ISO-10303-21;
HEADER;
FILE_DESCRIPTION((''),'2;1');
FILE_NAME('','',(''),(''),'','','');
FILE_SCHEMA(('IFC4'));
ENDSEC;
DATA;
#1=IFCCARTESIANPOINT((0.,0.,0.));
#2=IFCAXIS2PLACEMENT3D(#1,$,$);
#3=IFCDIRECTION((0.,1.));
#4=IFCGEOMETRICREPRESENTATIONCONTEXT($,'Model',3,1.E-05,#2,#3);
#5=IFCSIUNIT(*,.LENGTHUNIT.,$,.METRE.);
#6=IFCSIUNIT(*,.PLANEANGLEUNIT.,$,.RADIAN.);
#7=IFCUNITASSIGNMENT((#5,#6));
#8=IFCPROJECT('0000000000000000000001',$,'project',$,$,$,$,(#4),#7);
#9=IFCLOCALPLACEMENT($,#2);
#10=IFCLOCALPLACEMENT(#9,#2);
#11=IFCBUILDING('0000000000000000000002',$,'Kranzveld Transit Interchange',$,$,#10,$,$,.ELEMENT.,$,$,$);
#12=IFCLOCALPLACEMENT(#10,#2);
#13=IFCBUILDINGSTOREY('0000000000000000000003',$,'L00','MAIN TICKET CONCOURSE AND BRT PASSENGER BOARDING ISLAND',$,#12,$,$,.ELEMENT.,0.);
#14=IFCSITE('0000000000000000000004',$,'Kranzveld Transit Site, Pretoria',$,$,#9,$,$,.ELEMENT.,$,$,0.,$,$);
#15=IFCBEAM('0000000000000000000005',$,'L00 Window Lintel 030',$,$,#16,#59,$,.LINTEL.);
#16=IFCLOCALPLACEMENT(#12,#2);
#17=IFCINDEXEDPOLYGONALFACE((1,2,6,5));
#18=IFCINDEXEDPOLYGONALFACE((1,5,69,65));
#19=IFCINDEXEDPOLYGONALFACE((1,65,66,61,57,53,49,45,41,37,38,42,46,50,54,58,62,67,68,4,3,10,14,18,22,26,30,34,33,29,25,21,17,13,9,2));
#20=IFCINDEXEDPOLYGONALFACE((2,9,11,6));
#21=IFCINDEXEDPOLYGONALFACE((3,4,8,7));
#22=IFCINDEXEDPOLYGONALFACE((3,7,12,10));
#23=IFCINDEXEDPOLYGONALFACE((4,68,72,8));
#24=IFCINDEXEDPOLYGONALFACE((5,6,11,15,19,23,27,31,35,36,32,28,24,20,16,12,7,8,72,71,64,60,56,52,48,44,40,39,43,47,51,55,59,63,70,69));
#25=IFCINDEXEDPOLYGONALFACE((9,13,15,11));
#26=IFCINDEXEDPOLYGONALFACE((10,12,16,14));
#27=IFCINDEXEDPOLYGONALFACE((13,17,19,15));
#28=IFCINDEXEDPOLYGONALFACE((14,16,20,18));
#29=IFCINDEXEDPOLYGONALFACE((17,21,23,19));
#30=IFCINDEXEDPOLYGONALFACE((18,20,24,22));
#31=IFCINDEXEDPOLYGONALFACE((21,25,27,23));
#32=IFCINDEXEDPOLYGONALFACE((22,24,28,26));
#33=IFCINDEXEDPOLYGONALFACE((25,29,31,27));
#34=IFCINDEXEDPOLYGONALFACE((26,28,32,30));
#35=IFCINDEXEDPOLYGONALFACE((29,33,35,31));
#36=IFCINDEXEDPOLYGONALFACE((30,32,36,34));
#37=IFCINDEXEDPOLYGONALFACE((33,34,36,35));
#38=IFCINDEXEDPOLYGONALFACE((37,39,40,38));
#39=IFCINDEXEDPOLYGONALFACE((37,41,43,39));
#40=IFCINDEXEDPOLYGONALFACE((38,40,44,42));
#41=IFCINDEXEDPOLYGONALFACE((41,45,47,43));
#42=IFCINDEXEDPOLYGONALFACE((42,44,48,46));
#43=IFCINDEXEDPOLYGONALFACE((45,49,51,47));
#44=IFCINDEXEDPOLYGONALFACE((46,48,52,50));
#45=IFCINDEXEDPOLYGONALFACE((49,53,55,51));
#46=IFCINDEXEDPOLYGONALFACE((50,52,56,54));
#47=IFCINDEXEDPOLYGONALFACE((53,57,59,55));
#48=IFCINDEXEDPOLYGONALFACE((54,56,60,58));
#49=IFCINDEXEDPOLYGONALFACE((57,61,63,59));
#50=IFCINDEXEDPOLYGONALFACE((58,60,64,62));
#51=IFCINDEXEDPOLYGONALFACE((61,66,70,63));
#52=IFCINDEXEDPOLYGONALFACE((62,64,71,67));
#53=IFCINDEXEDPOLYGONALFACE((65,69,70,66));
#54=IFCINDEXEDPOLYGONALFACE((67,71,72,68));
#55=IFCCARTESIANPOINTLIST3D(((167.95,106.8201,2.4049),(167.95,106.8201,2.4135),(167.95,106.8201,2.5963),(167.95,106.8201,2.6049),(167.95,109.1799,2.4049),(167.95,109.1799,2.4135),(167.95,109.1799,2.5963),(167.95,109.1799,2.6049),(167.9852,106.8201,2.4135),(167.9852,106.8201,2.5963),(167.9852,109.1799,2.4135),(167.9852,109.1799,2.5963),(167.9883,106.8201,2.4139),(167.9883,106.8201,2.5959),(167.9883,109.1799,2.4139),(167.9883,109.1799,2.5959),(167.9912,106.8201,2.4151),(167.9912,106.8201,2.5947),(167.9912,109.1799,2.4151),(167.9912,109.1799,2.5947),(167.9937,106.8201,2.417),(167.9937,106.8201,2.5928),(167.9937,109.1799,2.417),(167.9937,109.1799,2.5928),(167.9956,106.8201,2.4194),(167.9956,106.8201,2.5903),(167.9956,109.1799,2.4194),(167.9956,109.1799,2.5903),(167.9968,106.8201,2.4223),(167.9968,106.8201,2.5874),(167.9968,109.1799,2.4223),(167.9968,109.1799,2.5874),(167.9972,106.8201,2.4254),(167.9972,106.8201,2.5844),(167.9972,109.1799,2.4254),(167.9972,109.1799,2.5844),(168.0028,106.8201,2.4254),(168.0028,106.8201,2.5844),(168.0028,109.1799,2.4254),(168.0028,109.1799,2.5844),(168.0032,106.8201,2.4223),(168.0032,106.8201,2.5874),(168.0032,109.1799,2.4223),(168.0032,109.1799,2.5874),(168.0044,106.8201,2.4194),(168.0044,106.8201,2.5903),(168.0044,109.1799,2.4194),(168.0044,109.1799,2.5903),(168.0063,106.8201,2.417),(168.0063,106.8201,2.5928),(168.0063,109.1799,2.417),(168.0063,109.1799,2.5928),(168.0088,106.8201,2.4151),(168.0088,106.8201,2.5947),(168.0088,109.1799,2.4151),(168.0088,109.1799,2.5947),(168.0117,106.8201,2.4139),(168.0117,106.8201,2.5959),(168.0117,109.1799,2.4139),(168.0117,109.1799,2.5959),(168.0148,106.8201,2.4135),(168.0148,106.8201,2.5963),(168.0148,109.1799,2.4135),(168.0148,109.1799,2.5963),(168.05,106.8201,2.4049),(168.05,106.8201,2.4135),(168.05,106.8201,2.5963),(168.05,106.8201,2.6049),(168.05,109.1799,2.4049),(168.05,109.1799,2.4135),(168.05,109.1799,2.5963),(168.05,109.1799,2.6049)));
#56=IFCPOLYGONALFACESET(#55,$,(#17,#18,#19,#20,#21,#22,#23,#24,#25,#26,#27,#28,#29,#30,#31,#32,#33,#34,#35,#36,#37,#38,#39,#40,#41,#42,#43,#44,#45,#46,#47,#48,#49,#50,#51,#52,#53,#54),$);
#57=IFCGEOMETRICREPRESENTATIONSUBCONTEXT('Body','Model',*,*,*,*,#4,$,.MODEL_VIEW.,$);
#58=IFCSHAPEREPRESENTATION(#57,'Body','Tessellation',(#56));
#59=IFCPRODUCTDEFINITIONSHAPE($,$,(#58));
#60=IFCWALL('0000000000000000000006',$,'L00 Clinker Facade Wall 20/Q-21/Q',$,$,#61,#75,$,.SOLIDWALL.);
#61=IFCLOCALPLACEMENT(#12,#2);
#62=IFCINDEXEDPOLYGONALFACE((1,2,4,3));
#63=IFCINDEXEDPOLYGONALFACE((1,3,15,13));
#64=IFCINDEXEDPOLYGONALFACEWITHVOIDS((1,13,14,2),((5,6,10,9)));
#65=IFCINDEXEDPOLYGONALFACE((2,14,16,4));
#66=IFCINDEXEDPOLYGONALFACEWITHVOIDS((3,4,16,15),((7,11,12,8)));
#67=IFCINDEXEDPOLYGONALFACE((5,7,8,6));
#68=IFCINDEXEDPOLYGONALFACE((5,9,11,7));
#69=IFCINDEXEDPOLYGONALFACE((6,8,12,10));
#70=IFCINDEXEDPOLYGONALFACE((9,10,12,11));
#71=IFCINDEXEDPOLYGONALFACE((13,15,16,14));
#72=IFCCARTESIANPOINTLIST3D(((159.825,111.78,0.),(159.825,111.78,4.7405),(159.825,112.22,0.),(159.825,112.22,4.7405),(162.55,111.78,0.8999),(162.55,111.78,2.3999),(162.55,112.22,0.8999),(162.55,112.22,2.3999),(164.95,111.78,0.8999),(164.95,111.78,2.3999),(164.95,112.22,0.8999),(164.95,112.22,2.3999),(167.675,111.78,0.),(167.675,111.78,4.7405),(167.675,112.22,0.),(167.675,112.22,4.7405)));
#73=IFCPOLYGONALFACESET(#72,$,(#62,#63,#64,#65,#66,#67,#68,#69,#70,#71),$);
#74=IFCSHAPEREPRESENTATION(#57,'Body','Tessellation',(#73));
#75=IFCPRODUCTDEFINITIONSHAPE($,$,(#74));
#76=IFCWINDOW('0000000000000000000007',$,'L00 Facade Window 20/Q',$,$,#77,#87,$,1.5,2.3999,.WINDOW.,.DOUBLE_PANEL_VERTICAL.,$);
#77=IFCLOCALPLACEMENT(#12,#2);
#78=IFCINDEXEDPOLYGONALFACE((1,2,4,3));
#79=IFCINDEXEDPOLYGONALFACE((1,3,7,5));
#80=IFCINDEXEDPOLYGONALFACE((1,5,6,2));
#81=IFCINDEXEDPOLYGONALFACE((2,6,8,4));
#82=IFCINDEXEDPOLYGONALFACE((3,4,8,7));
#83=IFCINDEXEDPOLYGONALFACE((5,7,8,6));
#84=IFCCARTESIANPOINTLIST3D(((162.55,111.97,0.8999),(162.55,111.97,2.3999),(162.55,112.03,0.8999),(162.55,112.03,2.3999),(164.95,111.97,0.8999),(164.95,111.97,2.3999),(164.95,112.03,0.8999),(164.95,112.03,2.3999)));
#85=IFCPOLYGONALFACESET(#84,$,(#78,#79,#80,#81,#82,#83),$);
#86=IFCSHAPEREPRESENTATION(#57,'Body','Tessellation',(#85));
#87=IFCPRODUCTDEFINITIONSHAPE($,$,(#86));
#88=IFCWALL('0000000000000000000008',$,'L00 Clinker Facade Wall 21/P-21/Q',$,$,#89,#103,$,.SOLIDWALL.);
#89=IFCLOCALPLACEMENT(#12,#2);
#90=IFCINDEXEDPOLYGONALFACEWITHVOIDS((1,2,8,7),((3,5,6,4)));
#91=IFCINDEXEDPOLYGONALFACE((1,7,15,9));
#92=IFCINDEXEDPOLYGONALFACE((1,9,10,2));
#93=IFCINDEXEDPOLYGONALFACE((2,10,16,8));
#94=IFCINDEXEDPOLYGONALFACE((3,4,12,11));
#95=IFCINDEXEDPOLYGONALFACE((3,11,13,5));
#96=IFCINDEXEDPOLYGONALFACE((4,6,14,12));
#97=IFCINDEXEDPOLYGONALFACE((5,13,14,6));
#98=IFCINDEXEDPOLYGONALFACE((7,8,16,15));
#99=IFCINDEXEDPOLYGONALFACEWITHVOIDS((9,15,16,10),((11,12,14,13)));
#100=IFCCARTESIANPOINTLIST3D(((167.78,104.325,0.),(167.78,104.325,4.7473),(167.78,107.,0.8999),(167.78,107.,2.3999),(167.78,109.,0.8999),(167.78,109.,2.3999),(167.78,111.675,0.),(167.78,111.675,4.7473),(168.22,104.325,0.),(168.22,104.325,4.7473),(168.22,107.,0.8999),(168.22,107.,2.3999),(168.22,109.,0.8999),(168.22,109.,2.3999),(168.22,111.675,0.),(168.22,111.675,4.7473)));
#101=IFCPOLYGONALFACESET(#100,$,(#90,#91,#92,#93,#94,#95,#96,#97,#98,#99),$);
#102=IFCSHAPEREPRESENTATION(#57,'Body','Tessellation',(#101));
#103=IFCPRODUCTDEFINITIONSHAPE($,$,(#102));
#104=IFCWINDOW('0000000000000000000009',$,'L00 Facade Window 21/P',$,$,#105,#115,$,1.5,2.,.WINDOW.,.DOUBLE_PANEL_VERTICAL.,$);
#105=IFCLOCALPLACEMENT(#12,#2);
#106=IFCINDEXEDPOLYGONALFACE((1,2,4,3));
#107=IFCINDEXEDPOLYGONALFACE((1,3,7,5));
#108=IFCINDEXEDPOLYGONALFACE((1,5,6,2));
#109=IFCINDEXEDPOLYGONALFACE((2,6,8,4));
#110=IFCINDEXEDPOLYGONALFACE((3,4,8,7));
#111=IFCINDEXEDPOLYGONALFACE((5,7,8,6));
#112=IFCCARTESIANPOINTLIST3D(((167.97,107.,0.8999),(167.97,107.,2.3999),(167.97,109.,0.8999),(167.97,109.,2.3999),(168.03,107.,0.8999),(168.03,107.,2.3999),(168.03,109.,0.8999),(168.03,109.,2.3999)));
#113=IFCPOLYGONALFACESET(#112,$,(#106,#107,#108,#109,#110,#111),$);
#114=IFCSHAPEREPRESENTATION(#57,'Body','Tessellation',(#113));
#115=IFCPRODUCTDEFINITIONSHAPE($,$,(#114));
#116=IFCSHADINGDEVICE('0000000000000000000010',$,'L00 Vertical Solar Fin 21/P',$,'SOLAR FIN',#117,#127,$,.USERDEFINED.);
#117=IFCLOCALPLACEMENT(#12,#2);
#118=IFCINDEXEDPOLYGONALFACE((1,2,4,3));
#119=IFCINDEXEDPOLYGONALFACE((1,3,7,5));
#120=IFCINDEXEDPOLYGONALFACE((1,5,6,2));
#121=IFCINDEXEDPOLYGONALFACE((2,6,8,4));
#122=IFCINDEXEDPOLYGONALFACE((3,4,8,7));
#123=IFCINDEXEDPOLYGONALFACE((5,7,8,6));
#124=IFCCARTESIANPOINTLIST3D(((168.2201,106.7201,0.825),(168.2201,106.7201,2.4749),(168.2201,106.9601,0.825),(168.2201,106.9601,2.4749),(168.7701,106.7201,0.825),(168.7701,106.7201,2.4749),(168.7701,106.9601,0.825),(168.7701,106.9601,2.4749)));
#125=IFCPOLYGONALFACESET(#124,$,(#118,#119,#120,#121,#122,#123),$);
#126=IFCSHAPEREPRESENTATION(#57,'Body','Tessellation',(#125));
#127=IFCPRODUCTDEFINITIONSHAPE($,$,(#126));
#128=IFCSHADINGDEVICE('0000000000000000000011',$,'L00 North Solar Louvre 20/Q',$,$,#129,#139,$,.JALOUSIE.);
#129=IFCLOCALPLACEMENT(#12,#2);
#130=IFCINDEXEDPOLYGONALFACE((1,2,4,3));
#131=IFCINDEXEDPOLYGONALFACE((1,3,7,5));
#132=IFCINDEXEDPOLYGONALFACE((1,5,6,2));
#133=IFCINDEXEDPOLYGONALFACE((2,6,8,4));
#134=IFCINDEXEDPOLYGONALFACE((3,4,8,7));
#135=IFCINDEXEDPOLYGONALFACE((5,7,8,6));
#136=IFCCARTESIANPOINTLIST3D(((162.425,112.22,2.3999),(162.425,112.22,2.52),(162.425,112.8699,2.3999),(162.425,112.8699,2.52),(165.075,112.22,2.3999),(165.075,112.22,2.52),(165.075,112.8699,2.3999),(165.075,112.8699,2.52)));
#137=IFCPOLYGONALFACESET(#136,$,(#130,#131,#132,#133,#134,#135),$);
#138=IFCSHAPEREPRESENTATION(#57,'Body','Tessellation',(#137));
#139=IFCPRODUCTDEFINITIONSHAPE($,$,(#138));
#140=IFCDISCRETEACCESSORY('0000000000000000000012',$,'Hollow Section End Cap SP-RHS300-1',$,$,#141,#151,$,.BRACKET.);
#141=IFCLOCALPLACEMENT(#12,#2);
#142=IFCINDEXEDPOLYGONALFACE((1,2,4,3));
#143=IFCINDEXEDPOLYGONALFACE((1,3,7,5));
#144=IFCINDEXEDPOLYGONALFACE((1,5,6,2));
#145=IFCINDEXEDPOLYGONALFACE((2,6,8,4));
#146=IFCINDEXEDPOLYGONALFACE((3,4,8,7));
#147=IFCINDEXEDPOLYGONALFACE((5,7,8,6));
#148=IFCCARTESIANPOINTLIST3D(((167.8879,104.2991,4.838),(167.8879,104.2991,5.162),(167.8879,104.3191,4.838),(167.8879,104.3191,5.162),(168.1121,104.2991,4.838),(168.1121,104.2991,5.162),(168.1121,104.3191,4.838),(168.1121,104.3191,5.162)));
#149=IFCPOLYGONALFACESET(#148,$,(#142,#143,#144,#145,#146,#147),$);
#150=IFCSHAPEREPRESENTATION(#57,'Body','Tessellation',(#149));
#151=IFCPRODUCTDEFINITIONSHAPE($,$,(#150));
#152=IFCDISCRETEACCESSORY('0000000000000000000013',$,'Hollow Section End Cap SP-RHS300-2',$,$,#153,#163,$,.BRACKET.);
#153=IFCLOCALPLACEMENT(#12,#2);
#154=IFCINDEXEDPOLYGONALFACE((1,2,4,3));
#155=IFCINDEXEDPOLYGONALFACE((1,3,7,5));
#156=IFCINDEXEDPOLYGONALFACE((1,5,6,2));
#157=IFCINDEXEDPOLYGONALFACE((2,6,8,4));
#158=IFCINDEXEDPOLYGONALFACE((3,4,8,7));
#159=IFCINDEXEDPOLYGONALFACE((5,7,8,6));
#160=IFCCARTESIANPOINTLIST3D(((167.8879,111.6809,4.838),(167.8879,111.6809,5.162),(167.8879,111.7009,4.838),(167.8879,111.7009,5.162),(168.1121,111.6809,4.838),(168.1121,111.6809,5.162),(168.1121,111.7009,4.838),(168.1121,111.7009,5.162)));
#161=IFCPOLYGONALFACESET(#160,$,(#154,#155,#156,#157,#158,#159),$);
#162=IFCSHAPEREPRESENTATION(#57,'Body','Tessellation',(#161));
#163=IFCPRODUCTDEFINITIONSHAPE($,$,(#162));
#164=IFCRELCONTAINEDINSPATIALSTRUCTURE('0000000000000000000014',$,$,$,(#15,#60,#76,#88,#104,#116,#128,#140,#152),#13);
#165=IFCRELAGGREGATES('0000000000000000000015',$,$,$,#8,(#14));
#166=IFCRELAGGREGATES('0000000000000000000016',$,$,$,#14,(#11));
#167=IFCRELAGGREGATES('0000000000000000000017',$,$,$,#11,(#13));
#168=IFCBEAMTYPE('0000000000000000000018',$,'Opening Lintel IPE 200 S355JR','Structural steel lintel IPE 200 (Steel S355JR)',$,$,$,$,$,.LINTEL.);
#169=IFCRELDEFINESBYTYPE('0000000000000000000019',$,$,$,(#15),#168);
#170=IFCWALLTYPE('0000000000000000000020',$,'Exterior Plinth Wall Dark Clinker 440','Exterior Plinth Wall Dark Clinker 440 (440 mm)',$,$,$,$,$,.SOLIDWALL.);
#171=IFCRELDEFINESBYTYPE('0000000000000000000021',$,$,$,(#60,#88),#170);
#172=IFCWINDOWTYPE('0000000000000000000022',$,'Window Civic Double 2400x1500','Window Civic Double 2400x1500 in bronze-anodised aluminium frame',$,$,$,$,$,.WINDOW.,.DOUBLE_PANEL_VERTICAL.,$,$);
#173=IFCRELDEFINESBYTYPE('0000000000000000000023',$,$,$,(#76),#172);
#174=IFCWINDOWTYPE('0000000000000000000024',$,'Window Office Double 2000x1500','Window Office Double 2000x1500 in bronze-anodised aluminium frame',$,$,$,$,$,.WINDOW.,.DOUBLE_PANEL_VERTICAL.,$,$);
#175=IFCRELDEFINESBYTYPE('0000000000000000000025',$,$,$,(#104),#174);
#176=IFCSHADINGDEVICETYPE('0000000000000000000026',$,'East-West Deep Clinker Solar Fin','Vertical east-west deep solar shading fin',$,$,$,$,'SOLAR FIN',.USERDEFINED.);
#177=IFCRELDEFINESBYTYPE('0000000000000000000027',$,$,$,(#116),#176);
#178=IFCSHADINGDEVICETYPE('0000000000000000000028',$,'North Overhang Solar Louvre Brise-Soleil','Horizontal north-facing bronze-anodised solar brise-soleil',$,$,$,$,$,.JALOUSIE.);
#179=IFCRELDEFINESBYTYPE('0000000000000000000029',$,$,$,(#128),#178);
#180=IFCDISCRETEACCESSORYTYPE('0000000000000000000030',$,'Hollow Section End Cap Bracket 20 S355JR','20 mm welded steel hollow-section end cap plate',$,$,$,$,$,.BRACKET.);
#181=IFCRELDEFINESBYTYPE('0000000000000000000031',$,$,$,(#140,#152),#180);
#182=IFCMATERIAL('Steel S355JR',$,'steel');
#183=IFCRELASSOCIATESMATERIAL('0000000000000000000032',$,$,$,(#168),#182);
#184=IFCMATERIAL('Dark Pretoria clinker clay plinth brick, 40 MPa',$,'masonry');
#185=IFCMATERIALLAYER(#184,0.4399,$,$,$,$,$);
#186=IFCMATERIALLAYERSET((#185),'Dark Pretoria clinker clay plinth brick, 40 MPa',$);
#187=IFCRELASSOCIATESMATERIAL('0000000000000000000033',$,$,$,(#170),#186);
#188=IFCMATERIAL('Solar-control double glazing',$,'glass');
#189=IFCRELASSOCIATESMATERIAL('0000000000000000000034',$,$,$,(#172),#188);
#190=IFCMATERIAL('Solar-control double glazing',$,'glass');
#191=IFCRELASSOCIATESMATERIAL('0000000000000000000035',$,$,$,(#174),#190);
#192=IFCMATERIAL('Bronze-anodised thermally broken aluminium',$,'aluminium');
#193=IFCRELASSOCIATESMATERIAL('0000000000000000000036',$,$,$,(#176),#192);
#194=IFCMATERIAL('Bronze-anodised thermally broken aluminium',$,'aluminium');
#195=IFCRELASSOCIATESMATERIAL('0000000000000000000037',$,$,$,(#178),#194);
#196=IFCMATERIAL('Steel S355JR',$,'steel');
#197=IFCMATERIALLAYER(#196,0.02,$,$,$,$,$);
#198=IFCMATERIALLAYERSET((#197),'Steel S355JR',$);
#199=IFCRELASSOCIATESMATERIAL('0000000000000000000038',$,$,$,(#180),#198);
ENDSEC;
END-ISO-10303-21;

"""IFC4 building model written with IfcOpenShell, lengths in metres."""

from ifc_helpers import new_model, si_unit, direction, frame, frame_2d, origin, origin_2d, place, context, subcontext, project, spatial, rectangle, i_section, extrude, material, layer, layer_set, material_profile, profile_set, type_object, element, fill, save


model = new_model("IFC4")

# Units and contexts
model_context = context("Model", 3, precision=1e-05, world=origin(), true_north=direction((0.0, 1.0)))
body_context = subcontext(model_context, "Body", "Model", "MODEL_VIEW")
ifc_project = project(units=[si_unit("LENGTHUNIT", "METRE"), si_unit("PLANEANGLEUNIT", "RADIAN")], contexts=[model_context])

# Site, building, storey
site_placement = place(None, origin())
site = spatial("IfcSite", under=ifc_project, at=site_placement, Name="Kranzveld Transit Site, Pretoria", CompositionType="ELEMENT", RefElevation=0.0)
building_placement = place(site_placement, origin())
building = spatial("IfcBuilding", under=site, at=building_placement, Name="Kranzveld Transit Interchange", CompositionType="ELEMENT")
storey_placement = place(building_placement, origin())
storey = spatial("IfcBuildingStorey", under=building, at=storey_placement, Name="L00", Description="MAIN TICKET CONCOURSE AND BRT PASSENGER BOARDING ISLAND", CompositionType="ELEMENT", Elevation=0.0)

# Beam
ifc_material_1 = material(Name="Steel S355JR", Category="steel")
ifc_material_profile_1 = material_profile(ifc_material_1, i_section(OverallWidth=0.1001, OverallDepth=0.2, WebThickness=0.0056, FlangeThickness=0.0085, FilletRadius=0.012, at=origin_2d()), Name="IPE 200")
ifc_profile_set_1 = profile_set([ifc_material_profile_1], Name="Steel S355JR")
beam_type_1 = type_object("IfcBeamType", Name="Opening Lintel IPE 200 S355JR", Description="Structural steel lintel IPE 200 (Steel S355JR)", PredefinedType="LINTEL", material=ifc_profile_set_1)
beam_1_placement = place(storey_placement, frame((168.0, 106.8201, 2.5049), z_axis=(0.0, 1.0, 0.0), x_axis=(-1.0, 0.0, 0.0)))
element("IfcBeam", 1, at=beam_1_placement, inside=storey, type_object=beam_type_1, Name="L00 Window Lintel 030", PredefinedType="LINTEL", context=body_context, shape_type="SweptSolid", body=[
    extrude(i_section(OverallWidth=0.1001, OverallDepth=0.2, WebThickness=0.0056, FlangeThickness=0.0085, FilletRadius=0.012, at=origin_2d()), origin(), (0.0, 0.0, 1.0), 2.3599),
])

# Walls, openings, windows
ifc_material_2 = material(Name="Dark Pretoria clinker clay plinth brick, 40 MPa", Category="masonry")
ifc_layer_1 = layer(ifc_material_2, 0.4399)
ifc_layer_set_1 = layer_set([ifc_layer_1], Name="Dark Pretoria clinker clay plinth brick, 40 MPa")
wall_type = type_object("IfcWallType", Name="Exterior Plinth Wall Dark Clinker 440", Description="Exterior Plinth Wall Dark Clinker 440 (440 mm)", PredefinedType="SOLIDWALL", material=ifc_layer_set_1)
wall_1_placement = place(storey_placement, frame((159.825, 112.0, 0.0), z_axis=(0.0, 0.0, 1.0), x_axis=(1.0, 0.0, 0.0)))
wall_1 = element("IfcWall", 2, at=wall_1_placement, inside=storey, type_object=wall_type, Name="L00 Clinker Facade Wall 20/Q-21/Q", PredefinedType="SOLIDWALL", context=body_context, shape_type="SweptSolid", body=[
    extrude(rectangle(XDim=7.8501, YDim=0.4399, at=frame_2d((3.925, 0.0))), origin(), (0.0, 0.0, 1.0), 4.7405),
])
opening_1_placement = place(wall_1_placement, frame((2.7251, 0.0, 0.8999), z_axis=(0.0, 0.0, 1.0), x_axis=(1.0, 0.0, 0.0)))
opening_1 = element("IfcOpeningElement", 3, at=opening_1_placement, cuts=wall_1, PredefinedType="OPENING", context=body_context, shape_type="SweptSolid", body=[
    extrude(rectangle(XDim=2.3999, YDim=1.5, at=frame_2d((1.2, 0.75))), frame((0.0, 0.23, 0.0), z_axis=(0.0, -1.0, 0.0), x_axis=(1.0, 0.0, 0.0)), (0.0, 0.0, 1.0), 0.46),
])
ifc_material_3 = material(Name="Solar-control double glazing", Category="glass")
window_type_1 = type_object("IfcWindowType", Name="Window Civic Double 2400x1500", Description="Window Civic Double 2400x1500 in bronze-anodised aluminium frame", PartitioningType="DOUBLE_PANEL_VERTICAL", PredefinedType="WINDOW", material=ifc_material_3)
window_1_placement = place(opening_1_placement, origin())
window_1 = element("IfcWindow", 4, at=window_1_placement, inside=storey, type_object=window_type_1, Name="L00 Facade Window 20/Q", OverallHeight=1.5, OverallWidth=2.3999, PartitioningType="DOUBLE_PANEL_VERTICAL", PredefinedType="WINDOW", context=body_context, shape_type="SweptSolid", body=[
    extrude(rectangle(XDim=2.3999, YDim=1.5, at=frame_2d((1.2, 0.75))), frame((0.0, 0.03, 0.0), z_axis=(0.0, -1.0, 0.0), x_axis=(1.0, 0.0, 0.0)), (0.0, 0.0, 1.0), 0.0601),
])
fill(opening_1, window_1)
wall_2_placement = place(storey_placement, frame((168.0, 104.325, 0.0), z_axis=(0.0, 0.0, 1.0), x_axis=(0.0, 1.0, 0.0)))
wall_2 = element("IfcWall", 5, at=wall_2_placement, inside=storey, type_object=wall_type, Name="L00 Clinker Facade Wall 21/P-21/Q", PredefinedType="SOLIDWALL", context=body_context, shape_type="SweptSolid", body=[
    extrude(rectangle(XDim=7.3501, YDim=0.4399, at=frame_2d((3.675, 0.0))), origin(), (0.0, 0.0, 1.0), 4.7473),
])
opening_2_placement = place(wall_2_placement, frame((2.675, 0.0, 0.8999), z_axis=(0.0, 0.0, 1.0), x_axis=(1.0, 0.0, 0.0)))
opening_2 = element("IfcOpeningElement", 6, at=opening_2_placement, cuts=wall_2, PredefinedType="OPENING", context=body_context, shape_type="SweptSolid", body=[
    extrude(rectangle(XDim=2.0, YDim=1.5, at=frame_2d((1.0, 0.75))), frame((0.0, 0.23, 0.0), z_axis=(0.0, -1.0, 0.0), x_axis=(1.0, 0.0, 0.0)), (0.0, 0.0, 1.0), 0.46),
])
ifc_material_4 = material(Name="Solar-control double glazing", Category="glass")
window_type_2 = type_object("IfcWindowType", Name="Window Office Double 2000x1500", Description="Window Office Double 2000x1500 in bronze-anodised aluminium frame", PartitioningType="DOUBLE_PANEL_VERTICAL", PredefinedType="WINDOW", material=ifc_material_4)
window_2_placement = place(opening_2_placement, origin())
window_2 = element("IfcWindow", 7, at=window_2_placement, inside=storey, type_object=window_type_2, Name="L00 Facade Window 21/P", OverallHeight=1.5, OverallWidth=2.0, PartitioningType="DOUBLE_PANEL_VERTICAL", PredefinedType="WINDOW", context=body_context, shape_type="SweptSolid", body=[
    extrude(rectangle(XDim=2.0, YDim=1.5, at=frame_2d((1.0, 0.75))), frame((0.0, 0.03, 0.0), z_axis=(0.0, -1.0, 0.0), x_axis=(1.0, 0.0, 0.0)), (0.0, 0.0, 1.0), 0.0601),
])
fill(opening_2, window_2)

# Shading devices
ifc_material_5 = material(Name="Bronze-anodised thermally broken aluminium", Category="aluminium")
shading_device_type_1 = type_object("IfcShadingDeviceType", Name="East-West Deep Clinker Solar Fin", Description="Vertical east-west deep solar shading fin", ElementType="SOLAR FIN", PredefinedType="USERDEFINED", material=ifc_material_5)
shading_device_1_placement = place(storey_placement, frame((168.4951, 106.8401, 0.825), z_axis=(0.0, 0.0, 1.0), x_axis=(0.0, 1.0, 0.0)))
element("IfcShadingDevice", 8, at=shading_device_1_placement, inside=storey, type_object=shading_device_type_1, Name="L00 Vertical Solar Fin 21/P", ObjectType="SOLAR FIN", PredefinedType="USERDEFINED", context=body_context, shape_type="SweptSolid", body=[
    extrude(rectangle(XDim=0.24, YDim=0.55, at=origin_2d()), origin(), (0.0, 0.0, 1.0), 1.6499),
])
ifc_material_6 = material(Name="Bronze-anodised thermally broken aluminium", Category="aluminium")
shading_device_type_2 = type_object("IfcShadingDeviceType", Name="North Overhang Solar Louvre Brise-Soleil", Description="Horizontal north-facing bronze-anodised solar brise-soleil", PredefinedType="JALOUSIE", material=ifc_material_6)
shading_device_2_placement = place(storey_placement, frame((163.75, 112.5449, 2.3999), z_axis=(0.0, 0.0, 1.0), x_axis=(1.0, 0.0, 0.0)))
element("IfcShadingDevice", 9, at=shading_device_2_placement, inside=storey, type_object=shading_device_type_2, Name="L00 North Solar Louvre 20/Q", PredefinedType="JALOUSIE", context=body_context, shape_type="SweptSolid", body=[
    extrude(rectangle(XDim=2.6499, YDim=0.6499, at=origin_2d()), origin(), (0.0, 0.0, 1.0), 0.1201),
])

# Discrete accessories
ifc_material_7 = material(Name="Steel S355JR", Category="steel")
ifc_layer_2 = layer(ifc_material_7, 0.02)
ifc_layer_set_2 = layer_set([ifc_layer_2], Name="Steel S355JR")
discrete_accessory_type = type_object("IfcDiscreteAccessoryType", Name="Hollow Section End Cap Bracket 20 S355JR", Description="20 mm welded steel hollow-section end cap plate", PredefinedType="BRACKET", material=ifc_layer_set_2)
for number, where, z_axis, x_axis, name in (
    (10, (168.0, 104.3191, 5.0), (0.0, -1.0, 0.0), (1.0, 0.0, 0.0), "Hollow Section End Cap SP-RHS300-1"),
    (11, (168.0, 111.6809, 5.0), (0.0, 1.0, 0.0), (-1.0, 0.0, 0.0), "Hollow Section End Cap SP-RHS300-2"),
):
    element("IfcDiscreteAccessory", number, at=place(storey_placement, frame(where, z_axis=z_axis, x_axis=x_axis)), inside=storey, type_object=discrete_accessory_type, Name=name, PredefinedType="BRACKET", context=body_context, shape_type="SweptSolid", body=[
        extrude(rectangle(XDim=0.2241, YDim=0.324, at=origin_2d()), origin(), (0.0, 0.0, 1.0), 0.02),
    ])

save(model, "model.ifc")
